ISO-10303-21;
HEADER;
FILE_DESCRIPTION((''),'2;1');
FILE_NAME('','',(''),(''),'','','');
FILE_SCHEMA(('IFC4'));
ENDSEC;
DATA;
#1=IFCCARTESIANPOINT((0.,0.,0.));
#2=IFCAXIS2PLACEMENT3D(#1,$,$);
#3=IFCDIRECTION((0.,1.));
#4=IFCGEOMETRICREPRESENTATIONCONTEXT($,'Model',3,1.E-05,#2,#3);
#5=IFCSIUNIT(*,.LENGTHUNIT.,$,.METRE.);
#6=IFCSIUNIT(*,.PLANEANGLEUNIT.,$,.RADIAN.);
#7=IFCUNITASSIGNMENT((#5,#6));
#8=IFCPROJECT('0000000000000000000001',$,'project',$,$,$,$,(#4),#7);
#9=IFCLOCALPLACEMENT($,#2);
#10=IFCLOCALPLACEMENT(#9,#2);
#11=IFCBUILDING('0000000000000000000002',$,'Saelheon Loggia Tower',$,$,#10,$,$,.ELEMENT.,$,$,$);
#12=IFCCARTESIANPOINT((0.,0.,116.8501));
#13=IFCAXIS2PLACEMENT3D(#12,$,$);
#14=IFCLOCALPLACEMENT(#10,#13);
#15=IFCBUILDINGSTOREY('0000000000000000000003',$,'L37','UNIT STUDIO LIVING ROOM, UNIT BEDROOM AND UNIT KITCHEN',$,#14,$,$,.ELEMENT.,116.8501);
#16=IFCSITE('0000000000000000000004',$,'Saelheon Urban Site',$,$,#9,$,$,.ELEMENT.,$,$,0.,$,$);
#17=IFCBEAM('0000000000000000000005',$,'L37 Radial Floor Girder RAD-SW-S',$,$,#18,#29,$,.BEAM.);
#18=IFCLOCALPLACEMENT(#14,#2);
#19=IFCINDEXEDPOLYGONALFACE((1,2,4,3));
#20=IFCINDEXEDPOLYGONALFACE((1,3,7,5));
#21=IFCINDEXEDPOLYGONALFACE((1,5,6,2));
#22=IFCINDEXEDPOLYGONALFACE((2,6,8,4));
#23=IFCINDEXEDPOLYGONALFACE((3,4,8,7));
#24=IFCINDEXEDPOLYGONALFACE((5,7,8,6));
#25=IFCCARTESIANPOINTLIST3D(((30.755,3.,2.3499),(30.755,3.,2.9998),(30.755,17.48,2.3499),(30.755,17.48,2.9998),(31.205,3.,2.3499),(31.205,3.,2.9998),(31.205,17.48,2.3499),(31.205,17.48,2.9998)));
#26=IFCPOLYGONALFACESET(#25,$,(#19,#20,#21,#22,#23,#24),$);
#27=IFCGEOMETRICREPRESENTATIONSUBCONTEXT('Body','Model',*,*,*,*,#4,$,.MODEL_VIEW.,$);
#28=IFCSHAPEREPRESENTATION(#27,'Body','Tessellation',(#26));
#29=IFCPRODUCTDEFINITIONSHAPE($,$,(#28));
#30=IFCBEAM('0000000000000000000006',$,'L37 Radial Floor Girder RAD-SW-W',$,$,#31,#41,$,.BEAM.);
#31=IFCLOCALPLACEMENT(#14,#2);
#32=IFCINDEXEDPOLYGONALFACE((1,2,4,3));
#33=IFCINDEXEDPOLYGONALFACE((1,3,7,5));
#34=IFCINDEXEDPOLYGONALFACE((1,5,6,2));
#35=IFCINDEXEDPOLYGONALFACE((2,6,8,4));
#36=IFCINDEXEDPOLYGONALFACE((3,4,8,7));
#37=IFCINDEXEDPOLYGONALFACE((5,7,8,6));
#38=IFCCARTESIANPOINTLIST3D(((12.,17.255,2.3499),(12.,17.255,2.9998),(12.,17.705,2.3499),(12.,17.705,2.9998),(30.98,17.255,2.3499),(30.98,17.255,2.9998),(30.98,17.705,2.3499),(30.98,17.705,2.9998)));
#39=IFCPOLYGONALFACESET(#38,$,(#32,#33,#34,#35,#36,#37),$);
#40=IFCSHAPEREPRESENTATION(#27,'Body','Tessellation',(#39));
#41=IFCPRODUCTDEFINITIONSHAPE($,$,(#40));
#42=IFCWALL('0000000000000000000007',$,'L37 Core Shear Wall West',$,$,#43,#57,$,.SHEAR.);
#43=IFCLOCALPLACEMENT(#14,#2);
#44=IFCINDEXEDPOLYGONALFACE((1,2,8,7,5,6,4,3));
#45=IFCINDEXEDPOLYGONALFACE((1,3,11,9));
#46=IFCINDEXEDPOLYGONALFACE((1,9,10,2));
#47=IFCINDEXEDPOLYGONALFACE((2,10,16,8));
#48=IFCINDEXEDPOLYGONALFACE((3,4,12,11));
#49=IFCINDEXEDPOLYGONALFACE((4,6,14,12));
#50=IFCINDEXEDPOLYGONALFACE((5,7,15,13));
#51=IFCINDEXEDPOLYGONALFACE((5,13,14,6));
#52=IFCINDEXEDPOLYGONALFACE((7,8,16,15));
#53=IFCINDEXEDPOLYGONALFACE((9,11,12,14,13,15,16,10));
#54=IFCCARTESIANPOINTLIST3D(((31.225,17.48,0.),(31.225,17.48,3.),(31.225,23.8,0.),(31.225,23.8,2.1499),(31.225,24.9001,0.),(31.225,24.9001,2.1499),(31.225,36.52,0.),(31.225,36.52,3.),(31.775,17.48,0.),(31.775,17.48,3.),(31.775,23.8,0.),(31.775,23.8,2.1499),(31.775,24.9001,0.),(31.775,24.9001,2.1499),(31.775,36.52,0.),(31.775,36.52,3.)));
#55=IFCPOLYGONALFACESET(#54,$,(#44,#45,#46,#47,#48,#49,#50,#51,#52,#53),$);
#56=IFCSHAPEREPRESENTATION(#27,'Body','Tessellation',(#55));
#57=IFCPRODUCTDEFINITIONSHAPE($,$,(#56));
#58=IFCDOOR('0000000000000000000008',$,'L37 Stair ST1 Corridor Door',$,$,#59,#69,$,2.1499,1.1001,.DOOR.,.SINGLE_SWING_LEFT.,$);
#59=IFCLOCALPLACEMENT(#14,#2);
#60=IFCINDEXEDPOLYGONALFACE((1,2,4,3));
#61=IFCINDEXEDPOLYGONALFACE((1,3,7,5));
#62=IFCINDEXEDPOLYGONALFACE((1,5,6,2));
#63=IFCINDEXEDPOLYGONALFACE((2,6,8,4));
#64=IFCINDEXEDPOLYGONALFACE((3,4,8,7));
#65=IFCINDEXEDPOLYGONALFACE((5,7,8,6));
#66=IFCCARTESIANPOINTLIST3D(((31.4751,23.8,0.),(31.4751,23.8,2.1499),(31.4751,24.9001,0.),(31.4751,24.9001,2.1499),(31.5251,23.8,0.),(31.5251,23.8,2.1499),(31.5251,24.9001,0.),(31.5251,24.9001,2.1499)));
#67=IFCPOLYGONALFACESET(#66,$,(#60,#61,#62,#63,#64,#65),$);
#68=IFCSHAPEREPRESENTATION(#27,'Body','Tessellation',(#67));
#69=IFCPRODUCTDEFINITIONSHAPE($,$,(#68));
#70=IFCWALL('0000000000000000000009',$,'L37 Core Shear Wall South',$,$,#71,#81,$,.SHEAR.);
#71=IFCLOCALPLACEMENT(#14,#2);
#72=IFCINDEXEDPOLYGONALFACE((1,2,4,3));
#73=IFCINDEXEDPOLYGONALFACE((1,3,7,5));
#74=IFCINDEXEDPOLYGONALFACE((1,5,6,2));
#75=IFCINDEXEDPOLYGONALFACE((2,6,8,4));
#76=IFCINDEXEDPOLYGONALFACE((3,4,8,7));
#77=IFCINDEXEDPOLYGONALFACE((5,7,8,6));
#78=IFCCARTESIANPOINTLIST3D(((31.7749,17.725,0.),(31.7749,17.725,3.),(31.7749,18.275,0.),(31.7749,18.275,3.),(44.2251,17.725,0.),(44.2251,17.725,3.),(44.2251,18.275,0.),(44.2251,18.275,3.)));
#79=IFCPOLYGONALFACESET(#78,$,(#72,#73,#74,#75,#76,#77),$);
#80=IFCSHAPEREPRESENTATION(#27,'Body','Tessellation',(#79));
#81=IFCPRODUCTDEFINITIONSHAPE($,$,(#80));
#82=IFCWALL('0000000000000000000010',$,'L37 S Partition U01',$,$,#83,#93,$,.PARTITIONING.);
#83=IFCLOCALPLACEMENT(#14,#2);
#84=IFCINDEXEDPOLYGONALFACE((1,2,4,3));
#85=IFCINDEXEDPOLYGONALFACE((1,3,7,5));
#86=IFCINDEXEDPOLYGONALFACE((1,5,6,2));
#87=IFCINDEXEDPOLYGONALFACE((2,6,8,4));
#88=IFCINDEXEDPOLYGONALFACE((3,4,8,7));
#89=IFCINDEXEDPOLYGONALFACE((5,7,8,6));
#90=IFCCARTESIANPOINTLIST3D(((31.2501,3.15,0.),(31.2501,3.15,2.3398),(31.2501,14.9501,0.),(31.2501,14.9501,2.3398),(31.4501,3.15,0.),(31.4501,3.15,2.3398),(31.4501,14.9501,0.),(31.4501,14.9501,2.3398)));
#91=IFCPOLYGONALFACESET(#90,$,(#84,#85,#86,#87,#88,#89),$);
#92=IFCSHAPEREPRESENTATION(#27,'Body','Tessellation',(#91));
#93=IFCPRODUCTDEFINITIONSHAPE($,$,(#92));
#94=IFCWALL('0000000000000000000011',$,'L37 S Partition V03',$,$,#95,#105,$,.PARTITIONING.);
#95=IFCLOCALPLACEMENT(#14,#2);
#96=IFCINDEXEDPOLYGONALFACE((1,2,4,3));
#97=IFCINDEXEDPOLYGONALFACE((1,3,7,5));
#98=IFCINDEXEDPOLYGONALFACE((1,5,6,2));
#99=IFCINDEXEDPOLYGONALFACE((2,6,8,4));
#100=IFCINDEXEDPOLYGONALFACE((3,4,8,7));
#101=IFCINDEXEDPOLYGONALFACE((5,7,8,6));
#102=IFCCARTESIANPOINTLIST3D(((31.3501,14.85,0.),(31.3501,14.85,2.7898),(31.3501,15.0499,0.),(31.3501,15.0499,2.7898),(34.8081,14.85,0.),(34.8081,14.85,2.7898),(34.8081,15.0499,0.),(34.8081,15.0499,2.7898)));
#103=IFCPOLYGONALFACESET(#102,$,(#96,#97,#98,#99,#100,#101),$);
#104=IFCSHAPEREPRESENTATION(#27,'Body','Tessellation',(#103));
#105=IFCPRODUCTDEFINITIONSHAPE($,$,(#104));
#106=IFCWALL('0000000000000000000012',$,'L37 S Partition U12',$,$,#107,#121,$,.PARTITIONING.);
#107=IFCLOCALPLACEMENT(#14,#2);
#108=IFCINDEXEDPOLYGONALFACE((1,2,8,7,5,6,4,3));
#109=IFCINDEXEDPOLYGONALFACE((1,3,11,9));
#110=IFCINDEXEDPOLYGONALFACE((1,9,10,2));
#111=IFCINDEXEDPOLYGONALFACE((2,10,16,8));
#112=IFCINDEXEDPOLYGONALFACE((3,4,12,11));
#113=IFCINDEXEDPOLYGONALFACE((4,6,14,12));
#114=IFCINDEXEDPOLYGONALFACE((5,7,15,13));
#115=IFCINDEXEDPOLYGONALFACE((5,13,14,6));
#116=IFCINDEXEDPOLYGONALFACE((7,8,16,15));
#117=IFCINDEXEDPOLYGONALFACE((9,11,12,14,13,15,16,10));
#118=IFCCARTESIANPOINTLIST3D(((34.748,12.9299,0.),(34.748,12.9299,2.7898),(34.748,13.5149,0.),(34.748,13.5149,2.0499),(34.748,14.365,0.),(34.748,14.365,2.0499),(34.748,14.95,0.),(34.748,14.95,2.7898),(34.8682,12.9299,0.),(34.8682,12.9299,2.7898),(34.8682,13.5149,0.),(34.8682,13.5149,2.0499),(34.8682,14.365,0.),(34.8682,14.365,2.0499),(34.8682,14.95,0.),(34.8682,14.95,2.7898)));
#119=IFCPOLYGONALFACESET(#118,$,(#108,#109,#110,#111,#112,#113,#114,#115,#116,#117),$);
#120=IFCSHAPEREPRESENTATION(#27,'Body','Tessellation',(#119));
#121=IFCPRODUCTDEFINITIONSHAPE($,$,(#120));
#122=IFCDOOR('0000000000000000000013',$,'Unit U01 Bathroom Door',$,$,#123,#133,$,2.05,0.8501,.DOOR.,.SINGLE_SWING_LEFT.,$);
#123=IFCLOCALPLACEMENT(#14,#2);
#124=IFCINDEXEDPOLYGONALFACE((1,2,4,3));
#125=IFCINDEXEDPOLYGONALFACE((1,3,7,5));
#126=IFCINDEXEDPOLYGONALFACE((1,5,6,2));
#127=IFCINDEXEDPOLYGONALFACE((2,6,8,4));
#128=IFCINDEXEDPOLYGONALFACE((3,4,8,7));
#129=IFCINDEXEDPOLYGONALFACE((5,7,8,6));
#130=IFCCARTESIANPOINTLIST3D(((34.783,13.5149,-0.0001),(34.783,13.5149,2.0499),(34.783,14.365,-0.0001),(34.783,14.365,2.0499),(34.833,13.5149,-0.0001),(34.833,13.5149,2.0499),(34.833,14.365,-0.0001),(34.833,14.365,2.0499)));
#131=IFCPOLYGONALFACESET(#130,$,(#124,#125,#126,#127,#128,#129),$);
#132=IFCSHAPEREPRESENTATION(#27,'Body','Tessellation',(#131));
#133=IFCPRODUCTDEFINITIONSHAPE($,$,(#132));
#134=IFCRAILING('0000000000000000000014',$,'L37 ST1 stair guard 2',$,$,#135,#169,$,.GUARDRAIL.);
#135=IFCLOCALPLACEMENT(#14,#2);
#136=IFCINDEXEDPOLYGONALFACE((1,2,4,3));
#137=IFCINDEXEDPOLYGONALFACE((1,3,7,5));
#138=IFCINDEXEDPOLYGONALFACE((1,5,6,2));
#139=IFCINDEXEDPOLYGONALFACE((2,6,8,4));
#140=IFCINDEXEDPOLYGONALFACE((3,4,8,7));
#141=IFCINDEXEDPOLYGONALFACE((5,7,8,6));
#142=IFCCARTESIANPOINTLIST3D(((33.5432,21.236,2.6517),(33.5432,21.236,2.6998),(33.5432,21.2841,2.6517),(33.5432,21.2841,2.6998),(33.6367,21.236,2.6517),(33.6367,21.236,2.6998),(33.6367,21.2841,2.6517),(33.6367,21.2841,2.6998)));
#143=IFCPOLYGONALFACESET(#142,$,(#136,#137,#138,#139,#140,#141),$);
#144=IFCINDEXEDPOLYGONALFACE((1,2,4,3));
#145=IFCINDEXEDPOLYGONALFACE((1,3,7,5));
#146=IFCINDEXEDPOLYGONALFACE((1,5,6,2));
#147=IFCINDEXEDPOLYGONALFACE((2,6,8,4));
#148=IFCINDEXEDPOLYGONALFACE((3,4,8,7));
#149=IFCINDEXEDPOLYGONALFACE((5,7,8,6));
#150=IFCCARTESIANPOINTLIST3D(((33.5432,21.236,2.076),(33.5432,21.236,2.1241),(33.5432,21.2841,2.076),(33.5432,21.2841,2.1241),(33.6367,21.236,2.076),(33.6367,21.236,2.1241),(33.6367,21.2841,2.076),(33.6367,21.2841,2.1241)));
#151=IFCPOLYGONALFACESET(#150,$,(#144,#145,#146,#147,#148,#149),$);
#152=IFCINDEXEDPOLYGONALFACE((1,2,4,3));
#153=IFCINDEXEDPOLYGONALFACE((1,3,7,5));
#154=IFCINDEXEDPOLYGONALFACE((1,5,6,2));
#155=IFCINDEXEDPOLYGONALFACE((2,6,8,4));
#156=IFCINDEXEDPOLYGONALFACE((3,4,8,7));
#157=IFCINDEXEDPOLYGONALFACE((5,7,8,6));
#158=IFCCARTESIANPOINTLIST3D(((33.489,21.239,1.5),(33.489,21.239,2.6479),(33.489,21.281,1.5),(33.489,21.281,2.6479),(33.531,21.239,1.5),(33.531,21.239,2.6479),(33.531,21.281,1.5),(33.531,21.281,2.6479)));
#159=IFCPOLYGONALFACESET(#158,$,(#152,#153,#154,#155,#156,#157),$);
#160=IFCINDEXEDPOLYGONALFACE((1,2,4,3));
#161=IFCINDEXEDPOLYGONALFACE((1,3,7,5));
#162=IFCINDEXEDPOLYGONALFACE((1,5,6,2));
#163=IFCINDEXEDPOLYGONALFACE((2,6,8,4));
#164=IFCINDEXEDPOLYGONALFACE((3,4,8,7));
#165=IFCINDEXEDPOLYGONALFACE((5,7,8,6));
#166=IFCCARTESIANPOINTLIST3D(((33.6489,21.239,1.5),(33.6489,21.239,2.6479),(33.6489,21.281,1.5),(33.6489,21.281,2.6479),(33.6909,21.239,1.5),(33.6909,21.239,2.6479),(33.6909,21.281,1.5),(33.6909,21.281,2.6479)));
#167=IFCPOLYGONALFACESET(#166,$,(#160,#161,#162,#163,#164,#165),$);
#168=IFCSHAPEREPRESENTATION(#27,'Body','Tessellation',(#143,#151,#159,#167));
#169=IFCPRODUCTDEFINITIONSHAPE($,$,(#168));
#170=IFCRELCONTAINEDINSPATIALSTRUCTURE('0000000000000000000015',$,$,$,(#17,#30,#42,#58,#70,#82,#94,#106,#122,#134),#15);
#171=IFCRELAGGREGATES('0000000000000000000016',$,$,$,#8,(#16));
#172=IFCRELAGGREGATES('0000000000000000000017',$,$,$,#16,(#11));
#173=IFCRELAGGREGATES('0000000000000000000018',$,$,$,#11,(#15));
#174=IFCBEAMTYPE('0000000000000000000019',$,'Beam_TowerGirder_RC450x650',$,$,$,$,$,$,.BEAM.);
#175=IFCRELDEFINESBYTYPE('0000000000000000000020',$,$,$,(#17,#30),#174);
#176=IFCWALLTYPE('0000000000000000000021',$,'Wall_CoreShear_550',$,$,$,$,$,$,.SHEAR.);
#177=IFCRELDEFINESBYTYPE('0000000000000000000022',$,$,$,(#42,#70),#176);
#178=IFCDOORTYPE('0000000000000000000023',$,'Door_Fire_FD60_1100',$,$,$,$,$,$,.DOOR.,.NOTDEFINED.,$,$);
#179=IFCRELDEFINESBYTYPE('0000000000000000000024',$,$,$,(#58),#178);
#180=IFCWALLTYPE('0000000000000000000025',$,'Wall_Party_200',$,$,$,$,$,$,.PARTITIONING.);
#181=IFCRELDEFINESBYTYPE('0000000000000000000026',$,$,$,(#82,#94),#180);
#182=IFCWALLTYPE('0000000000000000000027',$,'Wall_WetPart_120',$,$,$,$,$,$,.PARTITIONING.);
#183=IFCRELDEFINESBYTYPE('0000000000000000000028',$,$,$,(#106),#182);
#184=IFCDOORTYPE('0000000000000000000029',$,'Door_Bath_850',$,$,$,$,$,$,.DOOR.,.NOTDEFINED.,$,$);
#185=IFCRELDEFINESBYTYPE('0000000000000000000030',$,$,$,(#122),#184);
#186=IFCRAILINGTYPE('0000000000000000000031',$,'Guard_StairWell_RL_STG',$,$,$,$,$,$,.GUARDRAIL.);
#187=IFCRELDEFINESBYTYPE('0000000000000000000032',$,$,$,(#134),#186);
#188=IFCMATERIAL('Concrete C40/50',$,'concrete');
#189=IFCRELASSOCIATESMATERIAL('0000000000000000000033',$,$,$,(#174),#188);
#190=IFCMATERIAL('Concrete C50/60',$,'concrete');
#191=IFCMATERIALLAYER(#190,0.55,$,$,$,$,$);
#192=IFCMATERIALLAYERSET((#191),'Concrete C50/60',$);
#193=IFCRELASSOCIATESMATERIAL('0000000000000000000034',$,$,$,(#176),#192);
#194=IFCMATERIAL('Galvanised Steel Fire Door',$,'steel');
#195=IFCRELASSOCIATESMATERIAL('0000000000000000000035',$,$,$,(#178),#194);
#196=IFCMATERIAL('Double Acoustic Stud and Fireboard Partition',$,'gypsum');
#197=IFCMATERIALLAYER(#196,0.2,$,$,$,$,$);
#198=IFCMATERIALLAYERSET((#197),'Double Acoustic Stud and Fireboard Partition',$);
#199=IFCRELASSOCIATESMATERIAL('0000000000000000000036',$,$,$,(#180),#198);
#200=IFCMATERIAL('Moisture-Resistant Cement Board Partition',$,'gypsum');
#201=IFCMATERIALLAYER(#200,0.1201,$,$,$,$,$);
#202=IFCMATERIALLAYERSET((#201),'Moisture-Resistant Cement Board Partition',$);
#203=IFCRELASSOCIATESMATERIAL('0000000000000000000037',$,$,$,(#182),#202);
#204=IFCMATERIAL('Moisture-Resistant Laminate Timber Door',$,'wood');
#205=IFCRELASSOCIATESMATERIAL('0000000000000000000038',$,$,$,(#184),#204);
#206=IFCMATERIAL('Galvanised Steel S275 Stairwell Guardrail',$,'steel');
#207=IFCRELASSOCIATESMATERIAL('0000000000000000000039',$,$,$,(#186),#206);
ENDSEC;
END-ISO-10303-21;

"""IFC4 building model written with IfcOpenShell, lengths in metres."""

from ifc_helpers import new_model, si_unit, direction, frame, frame_2d, origin, origin_2d, place, context, subcontext, project, spatial, rectangle, extrude, source, transform, mapped, material, layer, layer_set, material_profile, profile_set, type_object, element, fill, save


model = new_model("IFC4")

# Units and contexts
model_context = context("Model", 3, precision=1e-05, world=origin(), true_north=direction((0.0, 1.0)))
body_context = subcontext(model_context, "Body", "Model", "MODEL_VIEW")
ifc_project = project(units=[si_unit("LENGTHUNIT", "METRE"), si_unit("PLANEANGLEUNIT", "RADIAN")], contexts=[model_context])

# Site, building, storey
site_placement = place(None, origin())
site = spatial("IfcSite", under=ifc_project, at=site_placement, Name="Saelheon Urban Site", CompositionType="ELEMENT", RefElevation=0.0)
building_placement = place(site_placement, origin())
building = spatial("IfcBuilding", under=site, at=building_placement, Name="Saelheon Loggia Tower", CompositionType="ELEMENT")
storey_placement = place(building_placement, frame((0.0, 0.0, 116.8501)))
storey = spatial("IfcBuildingStorey", under=building, at=storey_placement, Name="L37", Description="UNIT STUDIO LIVING ROOM, UNIT BEDROOM AND UNIT KITCHEN", CompositionType="ELEMENT", Elevation=116.8501)

# Beams
ifc_material_1 = material(Name="Concrete C40/50", Category="concrete")
ifc_material_profile = material_profile(ifc_material_1, rectangle(XDim=0.45, YDim=0.6499, at=origin_2d()), Name="RC-450x650")
ifc_profile_set = profile_set([ifc_material_profile], Name="Concrete C40/50")
beam_type = type_object("IfcBeamType", Name="Beam_TowerGirder_RC450x650", PredefinedType="BEAM", material=ifc_profile_set)
shared_shape_1 = source(origin(), body_context, "Body", "SweptSolid", [
    extrude(rectangle(XDim=0.45, YDim=0.6499, at=origin_2d()), origin(), (0.0, 0.0, 1.0), 14.48),
])
beam_1_placement = place(storey_placement, frame((30.98, 17.48, 2.6748), z_axis=(0.0, -1.0, 0.0), x_axis=(1.0, 0.0, 0.0)))
element("IfcBeam", 1, at=beam_1_placement, inside=storey, type_object=beam_type, Name="L37 Radial Floor Girder RAD-SW-S", PredefinedType="BEAM", context=body_context, shape_type="MappedRepresentation", body=[
    mapped(shared_shape_1, transform((0.0, 0.0, 0.0), scale=1.0)),
])
shared_shape_2 = source(origin(), body_context, "Body", "SweptSolid", [
    extrude(rectangle(XDim=0.45, YDim=0.6499, at=origin_2d()), origin(), (0.0, 0.0, 1.0), 18.98),
])
beam_2_placement = place(storey_placement, frame((30.98, 17.48, 2.6748), z_axis=(-1.0, 0.0, 0.0), x_axis=(0.0, -1.0, 0.0)))
element("IfcBeam", 2, at=beam_2_placement, inside=storey, type_object=beam_type, Name="L37 Radial Floor Girder RAD-SW-W", PredefinedType="BEAM", context=body_context, shape_type="MappedRepresentation", body=[
    mapped(shared_shape_2, transform((0.0, 0.0, 0.0), scale=1.0)),
])

# Wall, opening, door
ifc_material_2 = material(Name="Concrete C50/60", Category="concrete")
ifc_layer_1 = layer(ifc_material_2, 0.55)
ifc_layer_set_1 = layer_set([ifc_layer_1], Name="Concrete C50/60")
wall_type_1 = type_object("IfcWallType", Name="Wall_CoreShear_550", PredefinedType="SHEAR", material=ifc_layer_set_1)
wall_1_placement = place(storey_placement, frame((31.5, 17.48, 0.0), z_axis=(0.0, 0.0, 1.0), x_axis=(0.0, 1.0, 0.0)))
wall_1 = element("IfcWall", 3, at=wall_1_placement, inside=storey, type_object=wall_type_1, Name="L37 Core Shear Wall West", PredefinedType="SHEAR", context=body_context, shape_type="SweptSolid", body=[
    extrude(rectangle(XDim=19.04, YDim=0.55, at=frame_2d((9.52, 0.0))), origin(), (0.0, 0.0, 1.0), 3.0),
])
opening_1_placement = place(wall_1_placement, frame((6.3201, 0.0, 0.0)))
opening_1 = element("IfcOpeningElement", 4, at=opening_1_placement, cuts=wall_1, PredefinedType="OPENING", context=body_context, shape_type="SweptSolid", body=[
    extrude(rectangle(XDim=1.1001, YDim=2.1499, at=frame_2d((0.55, 1.075))), frame((0.0, 0.2871, 0.0), z_axis=(0.0, -1.0, 0.0), x_axis=(1.0, 0.0, 0.0)), (0.0, 0.0, 1.0), 0.574),
])
ifc_material_3 = material(Name="Galvanised Steel Fire Door", Category="steel")
door_type_1 = type_object("IfcDoorType", Name="Door_Fire_FD60_1100", OperationType="NOTDEFINED", PredefinedType="DOOR", material=ifc_material_3)
shared_shape_3 = source(origin(), body_context, "Body", "SweptSolid", [
    extrude(rectangle(XDim=1.1001, YDim=2.1499, at=frame_2d((0.55, 1.075))), frame((0.0, 0.0249, 0.0), z_axis=(0.0, -1.0, 0.0), x_axis=(1.0, 0.0, 0.0)), (0.0, 0.0, 1.0), 0.05),
])
door_1_placement = place(opening_1_placement, origin())
door_1 = element("IfcDoor", 5, at=door_1_placement, inside=storey, type_object=door_type_1, Name="L37 Stair ST1 Corridor Door", OperationType="SINGLE_SWING_LEFT", OverallHeight=2.1499, OverallWidth=1.1001, PredefinedType="DOOR", context=body_context, shape_type="MappedRepresentation", body=[
    mapped(shared_shape_3, transform((0.0, 0.0, 0.0), scale=1.0)),
])
fill(opening_1, door_1)

# Walls
wall_2_placement = place(storey_placement, frame((31.7749, 18.0, 0.0), z_axis=(0.0, 0.0, 1.0), x_axis=(1.0, 0.0, 0.0)))
element("IfcWall", 6, at=wall_2_placement, inside=storey, type_object=wall_type_1, Name="L37 Core Shear Wall South", PredefinedType="SHEAR", context=body_context, shape_type="SweptSolid", body=[
    extrude(rectangle(XDim=12.4502, YDim=0.55, at=frame_2d((6.2251, 0.0))), origin(), (0.0, 0.0, 1.0), 3.0),
])
ifc_material_4 = material(Name="Double Acoustic Stud and Fireboard Partition", Category="gypsum")
ifc_layer_2 = layer(ifc_material_4, 0.2)
ifc_layer_set_2 = layer_set([ifc_layer_2], Name="Double Acoustic Stud and Fireboard Partition")
wall_type_2 = type_object("IfcWallType", Name="Wall_Party_200", PredefinedType="PARTITIONING", material=ifc_layer_set_2)
wall_3_placement = place(storey_placement, frame((31.3501, 14.95, 0.0), z_axis=(0.0, 0.0, 1.0), x_axis=(0.0, -1.0, 0.0)))
element("IfcWall", 7, at=wall_3_placement, inside=storey, type_object=wall_type_2, Name="L37 S Partition U01", PredefinedType="PARTITIONING", context=body_context, shape_type="SweptSolid", body=[
    extrude(rectangle(XDim=11.8, YDim=0.2, at=frame_2d((5.8999, 0.0))), origin(), (0.0, 0.0, 1.0), 2.3398),
])
wall_4_placement = place(storey_placement, frame((31.3501, 14.95, 0.0), z_axis=(0.0, 0.0, 1.0), x_axis=(1.0, 0.0, 0.0)))
element("IfcWall", 8, at=wall_4_placement, inside=storey, type_object=wall_type_2, Name="L37 S Partition V03", PredefinedType="PARTITIONING", context=body_context, shape_type="SweptSolid", body=[
    extrude(rectangle(XDim=3.458, YDim=0.2, at=frame_2d((1.729, 0.0))), origin(), (0.0, 0.0, 1.0), 2.7898),
])

# Wall, opening, door
ifc_material_5 = material(Name="Moisture-Resistant Cement Board Partition", Category="gypsum")
ifc_layer_3 = layer(ifc_material_5, 0.1201)
ifc_layer_set_3 = layer_set([ifc_layer_3], Name="Moisture-Resistant Cement Board Partition")
wall_type_3 = type_object("IfcWallType", Name="Wall_WetPart_120", PredefinedType="PARTITIONING", material=ifc_layer_set_3)
wall_5_placement = place(storey_placement, frame((34.8081, 14.95, 0.0), z_axis=(0.0, 0.0, 1.0), x_axis=(0.0, -1.0, 0.0)))
wall_5 = element("IfcWall", 9, at=wall_5_placement, inside=storey, type_object=wall_type_3, Name="L37 S Partition U12", PredefinedType="PARTITIONING", context=body_context, shape_type="SweptSolid", body=[
    extrude(rectangle(XDim=2.02, YDim=0.1201, at=frame_2d((1.01, 0.0))), origin(), (0.0, 0.0, 1.0), 2.7898),
])
opening_2_placement = place(wall_5_placement, frame((0.585, 0.0, 0.0)))
opening_2 = element("IfcOpeningElement", 10, at=opening_2_placement, cuts=wall_5, PredefinedType="OPENING", context=body_context, shape_type="SweptSolid", body=[
    extrude(rectangle(XDim=0.8501, YDim=2.05, at=frame_2d((0.425, 1.0249))), frame((0.0, 0.072, 0.0), z_axis=(0.0, -1.0, 0.0), x_axis=(1.0, 0.0, 0.0)), (0.0, 0.0, 1.0), 0.144),
])
ifc_material_6 = material(Name="Moisture-Resistant Laminate Timber Door", Category="wood")
door_type_2 = type_object("IfcDoorType", Name="Door_Bath_850", OperationType="NOTDEFINED", PredefinedType="DOOR", material=ifc_material_6)
shared_shape_4 = source(origin(), body_context, "Body", "SweptSolid", [
    extrude(rectangle(XDim=0.8501, YDim=2.05, at=frame_2d((0.425, 1.0249))), frame((0.0, 0.0249, 0.0), z_axis=(0.0, -1.0, 0.0), x_axis=(1.0, 0.0, 0.0)), (0.0, 0.0, 1.0), 0.05),
])
door_2_placement = place(opening_2_placement, origin())
door_2 = element("IfcDoor", 11, at=door_2_placement, inside=storey, type_object=door_type_2, Name="Unit U01 Bathroom Door", OperationType="SINGLE_SWING_LEFT", OverallHeight=2.05, OverallWidth=0.8501, PredefinedType="DOOR", context=body_context, shape_type="MappedRepresentation", body=[
    mapped(shared_shape_4, transform((0.0, 0.0, 0.0), scale=1.0)),
])
fill(opening_2, door_2)

# Railing
ifc_material_7 = material(Name="Galvanised Steel S275 Stairwell Guardrail", Category="steel")
railing_type_1 = type_object("IfcRailingType", Name="Guard_StairWell_RL_STG", PredefinedType="GUARDRAIL", material=ifc_material_7)
railing_1_placement = place(storey_placement, frame((33.51, 21.26, 1.5)))
element("IfcRailing", 12, at=railing_1_placement, inside=storey, type_object=railing_type_1, Name="L37 ST1 stair guard 2", PredefinedType="GUARDRAIL", context=body_context, shape_type="SweptSolid", body=[
    extrude(rectangle(XDim=0.0481, YDim=0.0481, at=origin_2d()), frame((0.0332, 0.0, 1.1758), z_axis=(1.0, 0.0, 0.0), x_axis=(0.0, 1.0, 0.0)), (0.0, 0.0, 1.0), 0.0935),
    extrude(rectangle(XDim=0.0481, YDim=0.0481, at=origin_2d()), frame((0.0332, 0.0, 0.6001), z_axis=(1.0, 0.0, 0.0), x_axis=(0.0, 1.0, 0.0)), (0.0, 0.0, 1.0), 0.0935),
    extrude(rectangle(XDim=0.042, YDim=0.042, at=origin_2d()), origin(), (0.0, 0.0, 1.0), 1.1479),
    extrude(rectangle(XDim=0.042, YDim=0.042, at=origin_2d()), frame((0.1599, 0.0, 0.0)), (0.0, 0.0, 1.0), 1.1479),
])

save(model, "model.ifc")
